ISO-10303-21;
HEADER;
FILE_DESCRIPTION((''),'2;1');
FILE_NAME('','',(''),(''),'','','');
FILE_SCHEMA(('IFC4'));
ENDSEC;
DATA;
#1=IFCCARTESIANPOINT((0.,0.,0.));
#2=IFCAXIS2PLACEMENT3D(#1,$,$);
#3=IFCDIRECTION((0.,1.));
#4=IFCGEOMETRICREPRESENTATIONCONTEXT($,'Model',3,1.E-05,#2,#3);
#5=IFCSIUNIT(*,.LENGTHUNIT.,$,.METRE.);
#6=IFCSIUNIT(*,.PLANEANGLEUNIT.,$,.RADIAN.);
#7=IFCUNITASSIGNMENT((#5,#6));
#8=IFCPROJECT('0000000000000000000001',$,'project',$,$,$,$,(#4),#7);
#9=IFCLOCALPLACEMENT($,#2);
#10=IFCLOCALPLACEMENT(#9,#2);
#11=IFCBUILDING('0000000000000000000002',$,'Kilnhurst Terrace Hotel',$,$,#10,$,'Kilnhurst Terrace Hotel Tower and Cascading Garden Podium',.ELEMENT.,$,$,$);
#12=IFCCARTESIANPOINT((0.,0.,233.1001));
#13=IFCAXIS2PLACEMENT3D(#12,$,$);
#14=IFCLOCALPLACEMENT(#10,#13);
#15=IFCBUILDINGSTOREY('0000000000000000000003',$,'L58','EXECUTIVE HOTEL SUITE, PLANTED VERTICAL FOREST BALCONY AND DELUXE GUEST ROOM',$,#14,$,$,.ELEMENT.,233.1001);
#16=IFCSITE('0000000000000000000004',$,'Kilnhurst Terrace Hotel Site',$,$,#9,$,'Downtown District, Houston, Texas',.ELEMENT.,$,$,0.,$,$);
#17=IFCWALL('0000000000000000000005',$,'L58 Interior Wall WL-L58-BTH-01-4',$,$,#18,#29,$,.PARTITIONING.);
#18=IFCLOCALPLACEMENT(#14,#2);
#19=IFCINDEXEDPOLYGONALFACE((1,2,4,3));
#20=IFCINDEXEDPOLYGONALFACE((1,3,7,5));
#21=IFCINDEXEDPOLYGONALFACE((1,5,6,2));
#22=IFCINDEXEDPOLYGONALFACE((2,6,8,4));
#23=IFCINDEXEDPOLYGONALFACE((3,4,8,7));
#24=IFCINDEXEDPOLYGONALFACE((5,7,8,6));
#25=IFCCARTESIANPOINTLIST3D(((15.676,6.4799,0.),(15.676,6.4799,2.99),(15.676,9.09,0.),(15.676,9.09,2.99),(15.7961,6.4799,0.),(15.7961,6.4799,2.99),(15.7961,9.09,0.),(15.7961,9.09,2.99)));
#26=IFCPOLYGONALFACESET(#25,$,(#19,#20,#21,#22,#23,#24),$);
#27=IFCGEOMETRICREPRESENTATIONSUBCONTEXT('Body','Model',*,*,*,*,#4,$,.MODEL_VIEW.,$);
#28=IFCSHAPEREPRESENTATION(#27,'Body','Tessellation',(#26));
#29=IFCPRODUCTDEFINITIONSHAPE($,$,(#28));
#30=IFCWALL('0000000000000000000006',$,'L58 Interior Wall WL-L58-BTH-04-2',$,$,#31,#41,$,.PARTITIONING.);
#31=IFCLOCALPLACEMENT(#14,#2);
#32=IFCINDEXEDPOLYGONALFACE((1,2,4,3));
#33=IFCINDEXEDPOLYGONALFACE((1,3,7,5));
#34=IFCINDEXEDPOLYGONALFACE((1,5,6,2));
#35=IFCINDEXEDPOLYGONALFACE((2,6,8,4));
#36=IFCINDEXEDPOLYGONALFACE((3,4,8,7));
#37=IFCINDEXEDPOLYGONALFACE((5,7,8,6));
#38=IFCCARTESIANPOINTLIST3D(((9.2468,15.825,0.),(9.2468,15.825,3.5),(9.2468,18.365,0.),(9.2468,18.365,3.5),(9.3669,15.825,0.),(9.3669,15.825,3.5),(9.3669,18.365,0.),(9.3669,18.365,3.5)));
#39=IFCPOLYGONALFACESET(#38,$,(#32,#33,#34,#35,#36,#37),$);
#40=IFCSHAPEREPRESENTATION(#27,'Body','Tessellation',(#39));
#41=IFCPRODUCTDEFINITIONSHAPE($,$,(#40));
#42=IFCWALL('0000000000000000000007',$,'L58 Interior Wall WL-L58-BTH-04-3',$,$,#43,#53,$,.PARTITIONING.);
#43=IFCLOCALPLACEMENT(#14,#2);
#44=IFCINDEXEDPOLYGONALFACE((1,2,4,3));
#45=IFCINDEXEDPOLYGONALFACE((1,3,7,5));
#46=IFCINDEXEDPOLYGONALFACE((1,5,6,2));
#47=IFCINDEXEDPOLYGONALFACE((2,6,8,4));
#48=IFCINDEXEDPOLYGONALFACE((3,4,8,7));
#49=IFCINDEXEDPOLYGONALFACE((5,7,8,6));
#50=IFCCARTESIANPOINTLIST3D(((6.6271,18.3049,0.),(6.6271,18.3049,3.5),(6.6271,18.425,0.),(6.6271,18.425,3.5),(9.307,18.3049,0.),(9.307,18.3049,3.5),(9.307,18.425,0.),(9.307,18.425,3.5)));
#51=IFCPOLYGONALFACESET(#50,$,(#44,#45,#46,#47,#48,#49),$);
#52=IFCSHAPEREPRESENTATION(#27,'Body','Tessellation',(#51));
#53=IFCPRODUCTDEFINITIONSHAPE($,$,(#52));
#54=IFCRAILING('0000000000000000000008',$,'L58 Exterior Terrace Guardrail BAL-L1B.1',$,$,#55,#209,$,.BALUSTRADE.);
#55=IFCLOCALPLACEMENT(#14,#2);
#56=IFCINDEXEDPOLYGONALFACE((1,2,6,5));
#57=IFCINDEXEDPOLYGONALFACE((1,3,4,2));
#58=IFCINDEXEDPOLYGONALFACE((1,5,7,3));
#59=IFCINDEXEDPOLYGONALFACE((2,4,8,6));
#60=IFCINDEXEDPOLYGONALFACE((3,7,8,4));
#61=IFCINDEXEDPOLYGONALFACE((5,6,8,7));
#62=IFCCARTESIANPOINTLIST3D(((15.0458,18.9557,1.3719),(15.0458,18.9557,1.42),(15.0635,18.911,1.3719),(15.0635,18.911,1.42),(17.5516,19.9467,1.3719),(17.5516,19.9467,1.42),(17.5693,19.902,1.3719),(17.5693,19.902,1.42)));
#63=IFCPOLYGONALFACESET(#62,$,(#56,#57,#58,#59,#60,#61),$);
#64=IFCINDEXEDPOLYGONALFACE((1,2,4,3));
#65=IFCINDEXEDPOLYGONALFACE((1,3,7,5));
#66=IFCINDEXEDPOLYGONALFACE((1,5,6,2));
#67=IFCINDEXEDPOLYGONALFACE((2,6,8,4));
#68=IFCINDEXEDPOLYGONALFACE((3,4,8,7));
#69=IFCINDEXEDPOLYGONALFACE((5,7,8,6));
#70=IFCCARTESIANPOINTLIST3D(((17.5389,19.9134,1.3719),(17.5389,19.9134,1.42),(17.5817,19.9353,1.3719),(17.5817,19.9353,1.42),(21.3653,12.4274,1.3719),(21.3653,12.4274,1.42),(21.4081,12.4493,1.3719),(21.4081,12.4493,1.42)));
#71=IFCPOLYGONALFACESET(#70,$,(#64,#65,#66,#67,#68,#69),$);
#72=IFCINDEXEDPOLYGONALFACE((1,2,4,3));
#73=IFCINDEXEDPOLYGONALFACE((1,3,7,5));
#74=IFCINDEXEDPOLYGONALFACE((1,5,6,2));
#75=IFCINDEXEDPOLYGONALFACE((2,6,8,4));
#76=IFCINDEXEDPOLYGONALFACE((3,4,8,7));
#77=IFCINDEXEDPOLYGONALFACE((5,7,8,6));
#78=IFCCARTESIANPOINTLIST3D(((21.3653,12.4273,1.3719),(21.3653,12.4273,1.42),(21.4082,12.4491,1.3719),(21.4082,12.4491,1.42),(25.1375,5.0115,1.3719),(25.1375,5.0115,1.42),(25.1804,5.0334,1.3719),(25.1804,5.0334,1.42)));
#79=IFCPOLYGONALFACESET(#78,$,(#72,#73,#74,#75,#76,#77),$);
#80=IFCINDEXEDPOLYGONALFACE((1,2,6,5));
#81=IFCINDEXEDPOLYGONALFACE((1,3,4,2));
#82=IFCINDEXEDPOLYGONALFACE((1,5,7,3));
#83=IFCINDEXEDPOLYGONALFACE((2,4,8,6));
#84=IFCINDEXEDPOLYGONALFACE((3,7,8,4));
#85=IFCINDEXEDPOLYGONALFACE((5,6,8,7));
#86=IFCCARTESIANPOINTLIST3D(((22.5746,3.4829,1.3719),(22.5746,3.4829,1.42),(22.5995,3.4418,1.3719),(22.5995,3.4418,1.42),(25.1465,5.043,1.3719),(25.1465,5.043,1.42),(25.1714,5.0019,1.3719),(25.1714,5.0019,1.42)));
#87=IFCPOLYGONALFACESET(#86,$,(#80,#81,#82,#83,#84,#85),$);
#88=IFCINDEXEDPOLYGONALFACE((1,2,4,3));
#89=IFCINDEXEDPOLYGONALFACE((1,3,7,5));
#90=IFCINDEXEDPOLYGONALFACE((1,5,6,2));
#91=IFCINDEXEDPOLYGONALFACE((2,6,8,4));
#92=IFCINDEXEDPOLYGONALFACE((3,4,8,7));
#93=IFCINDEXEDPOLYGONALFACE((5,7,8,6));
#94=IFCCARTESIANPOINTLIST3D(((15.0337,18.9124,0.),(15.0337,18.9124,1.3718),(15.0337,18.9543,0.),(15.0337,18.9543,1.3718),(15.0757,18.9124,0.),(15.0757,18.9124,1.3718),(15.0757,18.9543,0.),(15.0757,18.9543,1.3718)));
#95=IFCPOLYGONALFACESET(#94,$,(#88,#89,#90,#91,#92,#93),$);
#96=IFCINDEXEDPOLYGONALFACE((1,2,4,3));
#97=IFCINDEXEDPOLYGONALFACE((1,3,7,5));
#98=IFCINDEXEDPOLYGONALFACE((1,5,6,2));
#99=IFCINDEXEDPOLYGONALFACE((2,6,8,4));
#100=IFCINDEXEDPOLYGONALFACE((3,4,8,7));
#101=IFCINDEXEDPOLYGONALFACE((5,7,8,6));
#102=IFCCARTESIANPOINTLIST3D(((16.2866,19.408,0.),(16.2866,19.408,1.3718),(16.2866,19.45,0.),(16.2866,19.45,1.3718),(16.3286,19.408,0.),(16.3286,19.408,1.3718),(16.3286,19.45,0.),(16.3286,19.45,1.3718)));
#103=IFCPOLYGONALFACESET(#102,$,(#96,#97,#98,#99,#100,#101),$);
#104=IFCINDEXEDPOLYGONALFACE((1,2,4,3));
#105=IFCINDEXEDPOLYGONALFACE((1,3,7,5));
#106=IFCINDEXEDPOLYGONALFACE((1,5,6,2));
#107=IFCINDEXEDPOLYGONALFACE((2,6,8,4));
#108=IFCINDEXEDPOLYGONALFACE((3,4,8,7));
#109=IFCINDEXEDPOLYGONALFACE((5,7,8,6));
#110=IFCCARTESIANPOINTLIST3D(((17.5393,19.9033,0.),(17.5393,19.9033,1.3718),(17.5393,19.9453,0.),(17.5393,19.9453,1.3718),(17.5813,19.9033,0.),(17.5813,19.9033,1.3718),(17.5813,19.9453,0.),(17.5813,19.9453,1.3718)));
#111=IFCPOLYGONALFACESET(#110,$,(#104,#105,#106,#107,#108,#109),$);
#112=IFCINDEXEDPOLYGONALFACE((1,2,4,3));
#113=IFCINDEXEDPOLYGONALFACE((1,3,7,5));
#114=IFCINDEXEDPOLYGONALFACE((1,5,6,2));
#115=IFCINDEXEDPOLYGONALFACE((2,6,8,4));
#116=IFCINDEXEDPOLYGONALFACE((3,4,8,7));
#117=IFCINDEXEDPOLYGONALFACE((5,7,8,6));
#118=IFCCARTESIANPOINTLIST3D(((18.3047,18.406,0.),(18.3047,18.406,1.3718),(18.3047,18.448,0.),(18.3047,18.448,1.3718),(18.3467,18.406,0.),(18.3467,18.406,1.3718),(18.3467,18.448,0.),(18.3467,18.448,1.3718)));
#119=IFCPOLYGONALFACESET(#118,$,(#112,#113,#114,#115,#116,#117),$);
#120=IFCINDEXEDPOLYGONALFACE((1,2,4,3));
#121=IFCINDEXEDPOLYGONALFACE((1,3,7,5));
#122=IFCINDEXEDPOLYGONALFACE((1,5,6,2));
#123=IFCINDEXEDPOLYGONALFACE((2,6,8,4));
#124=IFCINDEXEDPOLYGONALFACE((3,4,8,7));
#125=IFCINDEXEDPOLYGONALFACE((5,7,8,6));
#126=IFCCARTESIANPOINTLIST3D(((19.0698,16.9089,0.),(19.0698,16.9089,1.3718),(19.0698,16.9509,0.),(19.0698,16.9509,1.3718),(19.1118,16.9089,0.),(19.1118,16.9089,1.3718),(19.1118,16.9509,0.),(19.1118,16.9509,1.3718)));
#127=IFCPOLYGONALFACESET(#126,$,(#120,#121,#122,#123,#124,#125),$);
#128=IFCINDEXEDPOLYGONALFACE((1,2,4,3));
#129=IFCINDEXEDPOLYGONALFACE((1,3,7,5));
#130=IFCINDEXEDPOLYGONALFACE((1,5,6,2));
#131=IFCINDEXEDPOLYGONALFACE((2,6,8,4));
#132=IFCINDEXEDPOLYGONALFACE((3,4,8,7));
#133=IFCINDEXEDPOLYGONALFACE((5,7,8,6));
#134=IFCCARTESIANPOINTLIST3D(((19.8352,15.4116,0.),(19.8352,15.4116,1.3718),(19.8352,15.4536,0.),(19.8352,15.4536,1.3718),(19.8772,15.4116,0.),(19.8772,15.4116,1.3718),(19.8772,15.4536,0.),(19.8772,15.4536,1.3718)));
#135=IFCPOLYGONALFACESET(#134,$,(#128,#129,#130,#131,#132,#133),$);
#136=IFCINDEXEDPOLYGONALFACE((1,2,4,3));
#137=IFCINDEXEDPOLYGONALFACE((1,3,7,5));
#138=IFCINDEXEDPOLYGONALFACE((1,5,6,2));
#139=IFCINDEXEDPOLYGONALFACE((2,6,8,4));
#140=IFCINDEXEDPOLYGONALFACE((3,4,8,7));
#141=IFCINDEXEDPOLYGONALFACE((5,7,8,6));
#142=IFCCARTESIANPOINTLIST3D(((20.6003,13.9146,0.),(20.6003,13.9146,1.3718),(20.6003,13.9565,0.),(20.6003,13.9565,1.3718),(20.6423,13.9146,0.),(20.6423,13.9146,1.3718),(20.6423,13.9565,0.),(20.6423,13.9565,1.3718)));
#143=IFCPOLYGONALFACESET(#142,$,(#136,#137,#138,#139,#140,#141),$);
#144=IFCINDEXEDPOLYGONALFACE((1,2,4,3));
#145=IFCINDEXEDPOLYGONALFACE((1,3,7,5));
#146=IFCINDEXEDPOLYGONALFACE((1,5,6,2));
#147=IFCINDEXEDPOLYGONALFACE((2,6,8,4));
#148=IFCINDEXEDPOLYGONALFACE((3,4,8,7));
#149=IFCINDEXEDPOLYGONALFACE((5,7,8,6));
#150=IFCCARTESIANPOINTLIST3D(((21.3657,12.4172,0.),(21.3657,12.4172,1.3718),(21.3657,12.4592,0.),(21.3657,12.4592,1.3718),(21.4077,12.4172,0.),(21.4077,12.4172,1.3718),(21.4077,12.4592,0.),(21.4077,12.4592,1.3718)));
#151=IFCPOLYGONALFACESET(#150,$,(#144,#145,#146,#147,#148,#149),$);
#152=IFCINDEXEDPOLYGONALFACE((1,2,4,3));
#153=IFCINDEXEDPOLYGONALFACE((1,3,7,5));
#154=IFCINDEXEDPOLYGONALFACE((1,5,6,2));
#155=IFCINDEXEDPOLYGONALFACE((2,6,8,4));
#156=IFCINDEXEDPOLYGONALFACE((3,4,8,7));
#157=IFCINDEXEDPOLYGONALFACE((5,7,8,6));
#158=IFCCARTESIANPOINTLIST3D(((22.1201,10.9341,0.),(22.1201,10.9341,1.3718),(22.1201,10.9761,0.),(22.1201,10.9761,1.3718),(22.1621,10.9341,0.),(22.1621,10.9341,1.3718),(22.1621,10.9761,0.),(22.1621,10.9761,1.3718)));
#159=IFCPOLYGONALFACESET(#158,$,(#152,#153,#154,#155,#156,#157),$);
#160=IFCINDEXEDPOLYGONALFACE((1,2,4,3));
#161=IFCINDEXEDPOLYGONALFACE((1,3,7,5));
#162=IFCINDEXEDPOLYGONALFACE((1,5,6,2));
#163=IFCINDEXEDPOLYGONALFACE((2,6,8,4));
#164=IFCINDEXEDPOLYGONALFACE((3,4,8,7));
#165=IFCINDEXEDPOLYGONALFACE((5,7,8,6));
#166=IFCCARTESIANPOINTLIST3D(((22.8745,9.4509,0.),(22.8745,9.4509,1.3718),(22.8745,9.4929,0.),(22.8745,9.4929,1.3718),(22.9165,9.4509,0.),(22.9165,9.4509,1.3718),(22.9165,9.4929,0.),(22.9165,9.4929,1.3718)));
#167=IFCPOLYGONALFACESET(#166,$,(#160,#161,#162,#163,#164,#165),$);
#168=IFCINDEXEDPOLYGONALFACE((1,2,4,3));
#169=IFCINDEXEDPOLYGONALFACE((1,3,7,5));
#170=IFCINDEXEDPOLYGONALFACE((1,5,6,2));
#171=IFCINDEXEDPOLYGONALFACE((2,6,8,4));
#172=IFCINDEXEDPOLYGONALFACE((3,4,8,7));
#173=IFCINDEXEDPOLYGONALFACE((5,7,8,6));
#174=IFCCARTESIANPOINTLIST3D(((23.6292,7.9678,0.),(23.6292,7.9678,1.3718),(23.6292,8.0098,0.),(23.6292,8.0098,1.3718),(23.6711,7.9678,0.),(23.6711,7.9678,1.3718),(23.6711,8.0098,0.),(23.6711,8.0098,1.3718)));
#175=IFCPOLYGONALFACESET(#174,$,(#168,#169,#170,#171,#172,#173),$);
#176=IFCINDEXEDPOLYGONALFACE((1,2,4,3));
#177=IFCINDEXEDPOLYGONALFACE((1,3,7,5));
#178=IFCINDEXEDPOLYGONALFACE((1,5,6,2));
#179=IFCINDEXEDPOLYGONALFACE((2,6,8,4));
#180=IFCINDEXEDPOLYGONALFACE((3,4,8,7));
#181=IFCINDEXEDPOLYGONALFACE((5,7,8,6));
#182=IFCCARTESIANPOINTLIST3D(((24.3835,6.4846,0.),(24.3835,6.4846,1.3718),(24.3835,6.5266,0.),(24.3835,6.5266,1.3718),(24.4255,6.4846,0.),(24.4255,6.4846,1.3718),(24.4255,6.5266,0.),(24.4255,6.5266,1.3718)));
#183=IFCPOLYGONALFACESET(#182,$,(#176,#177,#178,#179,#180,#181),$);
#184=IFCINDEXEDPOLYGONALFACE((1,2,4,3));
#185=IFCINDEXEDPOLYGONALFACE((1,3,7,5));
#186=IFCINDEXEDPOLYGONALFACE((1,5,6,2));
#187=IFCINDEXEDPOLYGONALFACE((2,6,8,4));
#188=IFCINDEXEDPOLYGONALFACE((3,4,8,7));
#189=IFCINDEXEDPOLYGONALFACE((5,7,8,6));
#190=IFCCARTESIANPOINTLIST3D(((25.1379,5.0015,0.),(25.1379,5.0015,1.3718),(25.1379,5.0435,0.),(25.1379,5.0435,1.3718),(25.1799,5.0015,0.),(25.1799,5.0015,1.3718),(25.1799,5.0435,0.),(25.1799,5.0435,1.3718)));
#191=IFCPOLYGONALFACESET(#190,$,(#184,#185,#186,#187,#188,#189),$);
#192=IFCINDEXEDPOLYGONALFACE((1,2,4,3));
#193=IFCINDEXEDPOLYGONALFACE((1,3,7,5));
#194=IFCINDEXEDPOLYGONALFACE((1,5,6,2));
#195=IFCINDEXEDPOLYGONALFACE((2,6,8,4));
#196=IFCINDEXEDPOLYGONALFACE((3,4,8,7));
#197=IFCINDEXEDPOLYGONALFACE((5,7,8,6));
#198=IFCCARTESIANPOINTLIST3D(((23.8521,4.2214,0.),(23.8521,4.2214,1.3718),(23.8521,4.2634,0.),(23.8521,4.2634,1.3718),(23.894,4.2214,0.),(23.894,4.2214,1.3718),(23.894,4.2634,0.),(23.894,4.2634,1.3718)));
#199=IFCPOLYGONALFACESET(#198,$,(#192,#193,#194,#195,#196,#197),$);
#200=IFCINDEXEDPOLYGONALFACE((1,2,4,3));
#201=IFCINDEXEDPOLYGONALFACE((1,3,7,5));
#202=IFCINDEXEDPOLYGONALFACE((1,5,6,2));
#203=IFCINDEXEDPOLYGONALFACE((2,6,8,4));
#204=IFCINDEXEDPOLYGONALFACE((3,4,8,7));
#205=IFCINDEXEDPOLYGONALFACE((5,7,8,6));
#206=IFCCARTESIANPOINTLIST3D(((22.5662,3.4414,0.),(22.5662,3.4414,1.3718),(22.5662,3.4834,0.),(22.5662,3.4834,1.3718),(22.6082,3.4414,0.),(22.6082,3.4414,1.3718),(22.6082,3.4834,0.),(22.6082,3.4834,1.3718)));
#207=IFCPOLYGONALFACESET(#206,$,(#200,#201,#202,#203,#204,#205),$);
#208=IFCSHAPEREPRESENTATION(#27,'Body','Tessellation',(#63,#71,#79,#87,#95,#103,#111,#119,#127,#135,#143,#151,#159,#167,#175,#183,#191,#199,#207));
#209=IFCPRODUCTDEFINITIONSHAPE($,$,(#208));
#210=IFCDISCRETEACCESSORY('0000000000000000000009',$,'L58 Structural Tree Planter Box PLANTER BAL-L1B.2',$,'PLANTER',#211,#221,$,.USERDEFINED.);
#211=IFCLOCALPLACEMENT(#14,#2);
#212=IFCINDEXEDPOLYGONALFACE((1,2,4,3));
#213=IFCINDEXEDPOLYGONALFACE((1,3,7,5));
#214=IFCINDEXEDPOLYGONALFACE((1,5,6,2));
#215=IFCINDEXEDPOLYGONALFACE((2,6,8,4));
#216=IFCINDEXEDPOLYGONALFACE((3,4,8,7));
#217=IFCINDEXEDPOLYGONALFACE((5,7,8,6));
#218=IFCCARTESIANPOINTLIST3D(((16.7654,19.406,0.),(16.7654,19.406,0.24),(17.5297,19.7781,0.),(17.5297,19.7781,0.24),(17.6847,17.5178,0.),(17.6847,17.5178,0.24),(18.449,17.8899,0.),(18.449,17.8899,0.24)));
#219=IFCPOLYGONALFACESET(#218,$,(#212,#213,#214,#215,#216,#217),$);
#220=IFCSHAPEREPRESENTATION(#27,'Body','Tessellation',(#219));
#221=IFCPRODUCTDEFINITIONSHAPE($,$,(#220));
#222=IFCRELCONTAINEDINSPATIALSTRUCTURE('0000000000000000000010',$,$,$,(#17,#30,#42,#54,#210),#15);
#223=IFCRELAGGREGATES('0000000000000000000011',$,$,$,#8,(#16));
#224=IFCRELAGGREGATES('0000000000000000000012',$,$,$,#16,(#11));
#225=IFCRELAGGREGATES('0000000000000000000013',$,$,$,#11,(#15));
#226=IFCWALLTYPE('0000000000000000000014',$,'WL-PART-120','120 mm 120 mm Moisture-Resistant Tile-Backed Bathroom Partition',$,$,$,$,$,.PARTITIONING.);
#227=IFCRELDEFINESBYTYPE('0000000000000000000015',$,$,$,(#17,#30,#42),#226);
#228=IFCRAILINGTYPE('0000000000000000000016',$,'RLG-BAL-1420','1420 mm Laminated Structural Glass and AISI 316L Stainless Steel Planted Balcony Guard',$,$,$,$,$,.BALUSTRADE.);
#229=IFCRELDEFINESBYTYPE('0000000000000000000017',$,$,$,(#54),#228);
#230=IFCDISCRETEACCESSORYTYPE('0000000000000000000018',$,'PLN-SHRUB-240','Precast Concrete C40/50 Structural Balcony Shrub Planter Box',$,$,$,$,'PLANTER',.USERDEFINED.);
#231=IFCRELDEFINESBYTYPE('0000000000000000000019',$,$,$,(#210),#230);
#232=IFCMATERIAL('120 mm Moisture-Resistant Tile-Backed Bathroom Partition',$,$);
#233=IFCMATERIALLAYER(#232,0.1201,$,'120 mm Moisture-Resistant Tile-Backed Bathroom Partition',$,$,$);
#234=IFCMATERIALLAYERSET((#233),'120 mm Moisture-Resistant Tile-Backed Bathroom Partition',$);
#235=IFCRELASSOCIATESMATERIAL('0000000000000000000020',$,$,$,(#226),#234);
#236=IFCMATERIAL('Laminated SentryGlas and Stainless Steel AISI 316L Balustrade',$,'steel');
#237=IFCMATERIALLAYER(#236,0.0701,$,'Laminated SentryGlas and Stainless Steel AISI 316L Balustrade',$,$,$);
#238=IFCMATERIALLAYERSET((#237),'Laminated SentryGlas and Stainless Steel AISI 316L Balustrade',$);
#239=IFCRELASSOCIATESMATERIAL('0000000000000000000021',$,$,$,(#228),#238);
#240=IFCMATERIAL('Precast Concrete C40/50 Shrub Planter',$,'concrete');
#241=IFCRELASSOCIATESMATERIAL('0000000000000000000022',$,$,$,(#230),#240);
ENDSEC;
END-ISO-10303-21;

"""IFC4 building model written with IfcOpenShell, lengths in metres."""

from ifc_helpers import new_model, si_unit, direction, frame, frame_2d, origin, origin_2d, place, context, subcontext, project, spatial, rectangle, extrude, material, layer, layer_set, type_object, element, save


model = new_model("IFC4")

# Units and contexts
model_context = context("Model", 3, precision=1e-05, world=origin(), true_north=direction((0.0, 1.0)))
body_context = subcontext(model_context, "Body", "Model", "MODEL_VIEW")
ifc_project = project(units=[si_unit("LENGTHUNIT", "METRE"), si_unit("PLANEANGLEUNIT", "RADIAN")], contexts=[model_context])

# Site, building, storey
site_placement = place(None, origin())
site = spatial("IfcSite", under=ifc_project, at=site_placement, Name="Kilnhurst Terrace Hotel Site", LongName="Downtown District, Houston, Texas", CompositionType="ELEMENT", RefElevation=0.0)
building_placement = place(site_placement, origin())
building = spatial("IfcBuilding", under=site, at=building_placement, Name="Kilnhurst Terrace Hotel", LongName="Kilnhurst Terrace Hotel Tower and Cascading Garden Podium", CompositionType="ELEMENT")
storey_placement = place(building_placement, frame((0.0, 0.0, 233.1001)))
storey = spatial("IfcBuildingStorey", under=building, at=storey_placement, Name="L58", Description="EXECUTIVE HOTEL SUITE, PLANTED VERTICAL FOREST BALCONY AND DELUXE GUEST ROOM", CompositionType="ELEMENT", Elevation=233.1001)

# Walls
ifc_material_1 = material(Name="120 mm Moisture-Resistant Tile-Backed Bathroom Partition")
ifc_layer_1 = layer(ifc_material_1, 0.1201, Name="120 mm Moisture-Resistant Tile-Backed Bathroom Partition")
ifc_layer_set_1 = layer_set([ifc_layer_1], Name="120 mm Moisture-Resistant Tile-Backed Bathroom Partition")
wall_type_1 = type_object("IfcWallType", Name="WL-PART-120", Description="120 mm 120 mm Moisture-Resistant Tile-Backed Bathroom Partition", PredefinedType="PARTITIONING", material=ifc_layer_set_1)
wall_1_placement = place(storey_placement, frame((15.7361, 9.0901, 0.0), z_axis=(0.0, 0.0, 1.0), x_axis=(0.0, -1.0, 0.0)))
element("IfcWall", 1, at=wall_1_placement, inside=storey, type_object=wall_type_1, Name="L58 Interior Wall WL-L58-BTH-01-4", PredefinedType="PARTITIONING", context=body_context, shape_type="SweptSolid", body=[
    extrude(rectangle(XDim=2.6101, YDim=0.1201, at=frame_2d((1.3052, 0.0))), origin(), (0.0, 0.0, 1.0), 2.99),
])
wall_2_placement = place(storey_placement, frame((9.3069, 15.825, 0.0), z_axis=(0.0, 0.0, 1.0), x_axis=(0.0, 1.0, 0.0)))
element("IfcWall", 2, at=wall_2_placement, inside=storey, type_object=wall_type_1, Name="L58 Interior Wall WL-L58-BTH-04-2", PredefinedType="PARTITIONING", context=body_context, shape_type="SweptSolid", body=[
    extrude(rectangle(XDim=2.54, YDim=0.1201, at=frame_2d((1.27, 0.0))), origin(), (0.0, 0.0, 1.0), 3.5),
])
wall_3_placement = place(storey_placement, frame((9.3069, 18.365, 0.0), z_axis=(0.0, 0.0, 1.0), x_axis=(-1.0, 0.0, 0.0)))
element("IfcWall", 3, at=wall_3_placement, inside=storey, type_object=wall_type_1, Name="L58 Interior Wall WL-L58-BTH-04-3", PredefinedType="PARTITIONING", context=body_context, shape_type="SweptSolid", body=[
    extrude(rectangle(XDim=2.6799, YDim=0.1201, at=frame_2d((1.3398, 0.0))), origin(), (0.0, 0.0, 1.0), 3.5),
])

# Railing
ifc_material_2 = material(Name="Laminated SentryGlas and Stainless Steel AISI 316L Balustrade", Category="steel")
ifc_layer_2 = layer(ifc_material_2, 0.0701, Name="Laminated SentryGlas and Stainless Steel AISI 316L Balustrade")
ifc_layer_set_2 = layer_set([ifc_layer_2], Name="Laminated SentryGlas and Stainless Steel AISI 316L Balustrade")
railing_type = type_object("IfcRailingType", Name="RLG-BAL-1420", Description="1420 mm Laminated Structural Glass and AISI 316L Stainless Steel Planted Balcony Guard", PredefinedType="BALUSTRADE", material=ifc_layer_set_2)
railing_placement = place(storey_placement, frame((15.0547, 18.9333, 0.0)))
element("IfcRailing", 4, at=railing_placement, inside=storey, type_object=railing_type, Name="L58 Exterior Terrace Guardrail BAL-L1B.1", PredefinedType="BALUSTRADE", context=body_context, shape_type="SweptSolid", body=[
    extrude(rectangle(XDim=0.0481, YDim=0.0481, at=origin_2d()), frame((0.0, 0.0, 1.396), z_axis=(0.929913, 0.367779, 0.0), x_axis=(-0.367779, 0.929913, 0.0)), (0.0, 0.0, 1.0), 2.6946),
    extrude(rectangle(XDim=0.0481, YDim=0.0481, at=origin_2d()), frame((2.5056, 0.991, 1.396), z_axis=(0.455129, -0.890425, 0.0), x_axis=(0.890425, 0.455129, 0.0)), (0.0, 0.0, 1.0), 8.4072),
    extrude(rectangle(XDim=0.0481, YDim=0.0481, at=origin_2d()), frame((6.332, -6.4951, 1.396), z_axis=(0.453389, -0.891313, 0.0), x_axis=(0.891313, 0.453389, 0.0)), (0.0, 0.0, 1.0), 8.3201),
    extrude(rectangle(XDim=0.0481, YDim=0.0481, at=origin_2d()), frame((10.1042, -13.9109, 1.396), z_axis=(-0.854991, -0.518643, 0.0), x_axis=(0.518643, -0.854991, 0.0)), (0.0, 0.0, 1.0), 3.0081),
    extrude(rectangle(XDim=0.042, YDim=0.042, at=origin_2d()), origin(), (0.0, 0.0, 1.0), 1.3718),
    extrude(rectangle(XDim=0.042, YDim=0.042, at=origin_2d()), frame((1.2529, 0.4956, 0.0)), (0.0, 0.0, 1.0), 1.3718),
    extrude(rectangle(XDim=0.042, YDim=0.042, at=origin_2d()), frame((2.5056, 0.991, 0.0)), (0.0, 0.0, 1.0), 1.3718),
    extrude(rectangle(XDim=0.042, YDim=0.042, at=origin_2d()), frame((3.271, -0.5063, 0.0)), (0.0, 0.0, 1.0), 1.3718),
    extrude(rectangle(XDim=0.042, YDim=0.042, at=origin_2d()), frame((4.0361, -2.0034, 0.0)), (0.0, 0.0, 1.0), 1.3718),
    extrude(rectangle(XDim=0.042, YDim=0.042, at=origin_2d()), frame((4.8015, -3.5007, 0.0)), (0.0, 0.0, 1.0), 1.3718),
    extrude(rectangle(XDim=0.042, YDim=0.042, at=origin_2d()), frame((5.5667, -4.9978, 0.0)), (0.0, 0.0, 1.0), 1.3718),
    extrude(rectangle(XDim=0.042, YDim=0.042, at=origin_2d()), frame((6.332, -6.4951, 0.0)), (0.0, 0.0, 1.0), 1.3718),
    extrude(rectangle(XDim=0.042, YDim=0.042, at=origin_2d()), frame((7.0864, -7.9783, 0.0)), (0.0, 0.0, 1.0), 1.3718),
    extrude(rectangle(XDim=0.042, YDim=0.042, at=origin_2d()), frame((7.8408, -9.4614, 0.0)), (0.0, 0.0, 1.0), 1.3718),
    extrude(rectangle(XDim=0.042, YDim=0.042, at=origin_2d()), frame((8.5955, -10.9446, 0.0)), (0.0, 0.0, 1.0), 1.3718),
    extrude(rectangle(XDim=0.042, YDim=0.042, at=origin_2d()), frame((9.3499, -12.4277, 0.0)), (0.0, 0.0, 1.0), 1.3718),
    extrude(rectangle(XDim=0.042, YDim=0.042, at=origin_2d()), frame((10.1042, -13.9109, 0.0)), (0.0, 0.0, 1.0), 1.3718),
    extrude(rectangle(XDim=0.042, YDim=0.042, at=origin_2d()), frame((8.8184, -14.6909, 0.0)), (0.0, 0.0, 1.0), 1.3718),
    extrude(rectangle(XDim=0.042, YDim=0.042, at=origin_2d()), frame((7.5325, -15.4709, 0.0)), (0.0, 0.0, 1.0), 1.3718),
])

# Discrete accessory
ifc_material_3 = material(Name="Precast Concrete C40/50 Shrub Planter", Category="concrete")
discrete_accessory_type = type_object("IfcDiscreteAccessoryType", Name="PLN-SHRUB-240", Description="Precast Concrete C40/50 Structural Balcony Shrub Planter Box", ElementType="PLANTER", PredefinedType="USERDEFINED", material=ifc_material_3)
discrete_accessory_placement = place(storey_placement, frame((17.6072, 18.6479, 0.0), z_axis=(0.0, 0.0, 1.0), x_axis=(-0.437744, 0.8991, 0.0)))
element("IfcDiscreteAccessory", 5, at=discrete_accessory_placement, inside=storey, type_object=discrete_accessory_type, Name="L58 Structural Tree Planter Box PLANTER BAL-L1B.2", ObjectType="PLANTER", PredefinedType="USERDEFINED", context=body_context, shape_type="SweptSolid", body=[
    extrude(rectangle(XDim=2.1001, YDim=0.8501, at=origin_2d()), origin(), (0.0, 0.0, 1.0), 0.24),
])

save(model, "model.ifc")
